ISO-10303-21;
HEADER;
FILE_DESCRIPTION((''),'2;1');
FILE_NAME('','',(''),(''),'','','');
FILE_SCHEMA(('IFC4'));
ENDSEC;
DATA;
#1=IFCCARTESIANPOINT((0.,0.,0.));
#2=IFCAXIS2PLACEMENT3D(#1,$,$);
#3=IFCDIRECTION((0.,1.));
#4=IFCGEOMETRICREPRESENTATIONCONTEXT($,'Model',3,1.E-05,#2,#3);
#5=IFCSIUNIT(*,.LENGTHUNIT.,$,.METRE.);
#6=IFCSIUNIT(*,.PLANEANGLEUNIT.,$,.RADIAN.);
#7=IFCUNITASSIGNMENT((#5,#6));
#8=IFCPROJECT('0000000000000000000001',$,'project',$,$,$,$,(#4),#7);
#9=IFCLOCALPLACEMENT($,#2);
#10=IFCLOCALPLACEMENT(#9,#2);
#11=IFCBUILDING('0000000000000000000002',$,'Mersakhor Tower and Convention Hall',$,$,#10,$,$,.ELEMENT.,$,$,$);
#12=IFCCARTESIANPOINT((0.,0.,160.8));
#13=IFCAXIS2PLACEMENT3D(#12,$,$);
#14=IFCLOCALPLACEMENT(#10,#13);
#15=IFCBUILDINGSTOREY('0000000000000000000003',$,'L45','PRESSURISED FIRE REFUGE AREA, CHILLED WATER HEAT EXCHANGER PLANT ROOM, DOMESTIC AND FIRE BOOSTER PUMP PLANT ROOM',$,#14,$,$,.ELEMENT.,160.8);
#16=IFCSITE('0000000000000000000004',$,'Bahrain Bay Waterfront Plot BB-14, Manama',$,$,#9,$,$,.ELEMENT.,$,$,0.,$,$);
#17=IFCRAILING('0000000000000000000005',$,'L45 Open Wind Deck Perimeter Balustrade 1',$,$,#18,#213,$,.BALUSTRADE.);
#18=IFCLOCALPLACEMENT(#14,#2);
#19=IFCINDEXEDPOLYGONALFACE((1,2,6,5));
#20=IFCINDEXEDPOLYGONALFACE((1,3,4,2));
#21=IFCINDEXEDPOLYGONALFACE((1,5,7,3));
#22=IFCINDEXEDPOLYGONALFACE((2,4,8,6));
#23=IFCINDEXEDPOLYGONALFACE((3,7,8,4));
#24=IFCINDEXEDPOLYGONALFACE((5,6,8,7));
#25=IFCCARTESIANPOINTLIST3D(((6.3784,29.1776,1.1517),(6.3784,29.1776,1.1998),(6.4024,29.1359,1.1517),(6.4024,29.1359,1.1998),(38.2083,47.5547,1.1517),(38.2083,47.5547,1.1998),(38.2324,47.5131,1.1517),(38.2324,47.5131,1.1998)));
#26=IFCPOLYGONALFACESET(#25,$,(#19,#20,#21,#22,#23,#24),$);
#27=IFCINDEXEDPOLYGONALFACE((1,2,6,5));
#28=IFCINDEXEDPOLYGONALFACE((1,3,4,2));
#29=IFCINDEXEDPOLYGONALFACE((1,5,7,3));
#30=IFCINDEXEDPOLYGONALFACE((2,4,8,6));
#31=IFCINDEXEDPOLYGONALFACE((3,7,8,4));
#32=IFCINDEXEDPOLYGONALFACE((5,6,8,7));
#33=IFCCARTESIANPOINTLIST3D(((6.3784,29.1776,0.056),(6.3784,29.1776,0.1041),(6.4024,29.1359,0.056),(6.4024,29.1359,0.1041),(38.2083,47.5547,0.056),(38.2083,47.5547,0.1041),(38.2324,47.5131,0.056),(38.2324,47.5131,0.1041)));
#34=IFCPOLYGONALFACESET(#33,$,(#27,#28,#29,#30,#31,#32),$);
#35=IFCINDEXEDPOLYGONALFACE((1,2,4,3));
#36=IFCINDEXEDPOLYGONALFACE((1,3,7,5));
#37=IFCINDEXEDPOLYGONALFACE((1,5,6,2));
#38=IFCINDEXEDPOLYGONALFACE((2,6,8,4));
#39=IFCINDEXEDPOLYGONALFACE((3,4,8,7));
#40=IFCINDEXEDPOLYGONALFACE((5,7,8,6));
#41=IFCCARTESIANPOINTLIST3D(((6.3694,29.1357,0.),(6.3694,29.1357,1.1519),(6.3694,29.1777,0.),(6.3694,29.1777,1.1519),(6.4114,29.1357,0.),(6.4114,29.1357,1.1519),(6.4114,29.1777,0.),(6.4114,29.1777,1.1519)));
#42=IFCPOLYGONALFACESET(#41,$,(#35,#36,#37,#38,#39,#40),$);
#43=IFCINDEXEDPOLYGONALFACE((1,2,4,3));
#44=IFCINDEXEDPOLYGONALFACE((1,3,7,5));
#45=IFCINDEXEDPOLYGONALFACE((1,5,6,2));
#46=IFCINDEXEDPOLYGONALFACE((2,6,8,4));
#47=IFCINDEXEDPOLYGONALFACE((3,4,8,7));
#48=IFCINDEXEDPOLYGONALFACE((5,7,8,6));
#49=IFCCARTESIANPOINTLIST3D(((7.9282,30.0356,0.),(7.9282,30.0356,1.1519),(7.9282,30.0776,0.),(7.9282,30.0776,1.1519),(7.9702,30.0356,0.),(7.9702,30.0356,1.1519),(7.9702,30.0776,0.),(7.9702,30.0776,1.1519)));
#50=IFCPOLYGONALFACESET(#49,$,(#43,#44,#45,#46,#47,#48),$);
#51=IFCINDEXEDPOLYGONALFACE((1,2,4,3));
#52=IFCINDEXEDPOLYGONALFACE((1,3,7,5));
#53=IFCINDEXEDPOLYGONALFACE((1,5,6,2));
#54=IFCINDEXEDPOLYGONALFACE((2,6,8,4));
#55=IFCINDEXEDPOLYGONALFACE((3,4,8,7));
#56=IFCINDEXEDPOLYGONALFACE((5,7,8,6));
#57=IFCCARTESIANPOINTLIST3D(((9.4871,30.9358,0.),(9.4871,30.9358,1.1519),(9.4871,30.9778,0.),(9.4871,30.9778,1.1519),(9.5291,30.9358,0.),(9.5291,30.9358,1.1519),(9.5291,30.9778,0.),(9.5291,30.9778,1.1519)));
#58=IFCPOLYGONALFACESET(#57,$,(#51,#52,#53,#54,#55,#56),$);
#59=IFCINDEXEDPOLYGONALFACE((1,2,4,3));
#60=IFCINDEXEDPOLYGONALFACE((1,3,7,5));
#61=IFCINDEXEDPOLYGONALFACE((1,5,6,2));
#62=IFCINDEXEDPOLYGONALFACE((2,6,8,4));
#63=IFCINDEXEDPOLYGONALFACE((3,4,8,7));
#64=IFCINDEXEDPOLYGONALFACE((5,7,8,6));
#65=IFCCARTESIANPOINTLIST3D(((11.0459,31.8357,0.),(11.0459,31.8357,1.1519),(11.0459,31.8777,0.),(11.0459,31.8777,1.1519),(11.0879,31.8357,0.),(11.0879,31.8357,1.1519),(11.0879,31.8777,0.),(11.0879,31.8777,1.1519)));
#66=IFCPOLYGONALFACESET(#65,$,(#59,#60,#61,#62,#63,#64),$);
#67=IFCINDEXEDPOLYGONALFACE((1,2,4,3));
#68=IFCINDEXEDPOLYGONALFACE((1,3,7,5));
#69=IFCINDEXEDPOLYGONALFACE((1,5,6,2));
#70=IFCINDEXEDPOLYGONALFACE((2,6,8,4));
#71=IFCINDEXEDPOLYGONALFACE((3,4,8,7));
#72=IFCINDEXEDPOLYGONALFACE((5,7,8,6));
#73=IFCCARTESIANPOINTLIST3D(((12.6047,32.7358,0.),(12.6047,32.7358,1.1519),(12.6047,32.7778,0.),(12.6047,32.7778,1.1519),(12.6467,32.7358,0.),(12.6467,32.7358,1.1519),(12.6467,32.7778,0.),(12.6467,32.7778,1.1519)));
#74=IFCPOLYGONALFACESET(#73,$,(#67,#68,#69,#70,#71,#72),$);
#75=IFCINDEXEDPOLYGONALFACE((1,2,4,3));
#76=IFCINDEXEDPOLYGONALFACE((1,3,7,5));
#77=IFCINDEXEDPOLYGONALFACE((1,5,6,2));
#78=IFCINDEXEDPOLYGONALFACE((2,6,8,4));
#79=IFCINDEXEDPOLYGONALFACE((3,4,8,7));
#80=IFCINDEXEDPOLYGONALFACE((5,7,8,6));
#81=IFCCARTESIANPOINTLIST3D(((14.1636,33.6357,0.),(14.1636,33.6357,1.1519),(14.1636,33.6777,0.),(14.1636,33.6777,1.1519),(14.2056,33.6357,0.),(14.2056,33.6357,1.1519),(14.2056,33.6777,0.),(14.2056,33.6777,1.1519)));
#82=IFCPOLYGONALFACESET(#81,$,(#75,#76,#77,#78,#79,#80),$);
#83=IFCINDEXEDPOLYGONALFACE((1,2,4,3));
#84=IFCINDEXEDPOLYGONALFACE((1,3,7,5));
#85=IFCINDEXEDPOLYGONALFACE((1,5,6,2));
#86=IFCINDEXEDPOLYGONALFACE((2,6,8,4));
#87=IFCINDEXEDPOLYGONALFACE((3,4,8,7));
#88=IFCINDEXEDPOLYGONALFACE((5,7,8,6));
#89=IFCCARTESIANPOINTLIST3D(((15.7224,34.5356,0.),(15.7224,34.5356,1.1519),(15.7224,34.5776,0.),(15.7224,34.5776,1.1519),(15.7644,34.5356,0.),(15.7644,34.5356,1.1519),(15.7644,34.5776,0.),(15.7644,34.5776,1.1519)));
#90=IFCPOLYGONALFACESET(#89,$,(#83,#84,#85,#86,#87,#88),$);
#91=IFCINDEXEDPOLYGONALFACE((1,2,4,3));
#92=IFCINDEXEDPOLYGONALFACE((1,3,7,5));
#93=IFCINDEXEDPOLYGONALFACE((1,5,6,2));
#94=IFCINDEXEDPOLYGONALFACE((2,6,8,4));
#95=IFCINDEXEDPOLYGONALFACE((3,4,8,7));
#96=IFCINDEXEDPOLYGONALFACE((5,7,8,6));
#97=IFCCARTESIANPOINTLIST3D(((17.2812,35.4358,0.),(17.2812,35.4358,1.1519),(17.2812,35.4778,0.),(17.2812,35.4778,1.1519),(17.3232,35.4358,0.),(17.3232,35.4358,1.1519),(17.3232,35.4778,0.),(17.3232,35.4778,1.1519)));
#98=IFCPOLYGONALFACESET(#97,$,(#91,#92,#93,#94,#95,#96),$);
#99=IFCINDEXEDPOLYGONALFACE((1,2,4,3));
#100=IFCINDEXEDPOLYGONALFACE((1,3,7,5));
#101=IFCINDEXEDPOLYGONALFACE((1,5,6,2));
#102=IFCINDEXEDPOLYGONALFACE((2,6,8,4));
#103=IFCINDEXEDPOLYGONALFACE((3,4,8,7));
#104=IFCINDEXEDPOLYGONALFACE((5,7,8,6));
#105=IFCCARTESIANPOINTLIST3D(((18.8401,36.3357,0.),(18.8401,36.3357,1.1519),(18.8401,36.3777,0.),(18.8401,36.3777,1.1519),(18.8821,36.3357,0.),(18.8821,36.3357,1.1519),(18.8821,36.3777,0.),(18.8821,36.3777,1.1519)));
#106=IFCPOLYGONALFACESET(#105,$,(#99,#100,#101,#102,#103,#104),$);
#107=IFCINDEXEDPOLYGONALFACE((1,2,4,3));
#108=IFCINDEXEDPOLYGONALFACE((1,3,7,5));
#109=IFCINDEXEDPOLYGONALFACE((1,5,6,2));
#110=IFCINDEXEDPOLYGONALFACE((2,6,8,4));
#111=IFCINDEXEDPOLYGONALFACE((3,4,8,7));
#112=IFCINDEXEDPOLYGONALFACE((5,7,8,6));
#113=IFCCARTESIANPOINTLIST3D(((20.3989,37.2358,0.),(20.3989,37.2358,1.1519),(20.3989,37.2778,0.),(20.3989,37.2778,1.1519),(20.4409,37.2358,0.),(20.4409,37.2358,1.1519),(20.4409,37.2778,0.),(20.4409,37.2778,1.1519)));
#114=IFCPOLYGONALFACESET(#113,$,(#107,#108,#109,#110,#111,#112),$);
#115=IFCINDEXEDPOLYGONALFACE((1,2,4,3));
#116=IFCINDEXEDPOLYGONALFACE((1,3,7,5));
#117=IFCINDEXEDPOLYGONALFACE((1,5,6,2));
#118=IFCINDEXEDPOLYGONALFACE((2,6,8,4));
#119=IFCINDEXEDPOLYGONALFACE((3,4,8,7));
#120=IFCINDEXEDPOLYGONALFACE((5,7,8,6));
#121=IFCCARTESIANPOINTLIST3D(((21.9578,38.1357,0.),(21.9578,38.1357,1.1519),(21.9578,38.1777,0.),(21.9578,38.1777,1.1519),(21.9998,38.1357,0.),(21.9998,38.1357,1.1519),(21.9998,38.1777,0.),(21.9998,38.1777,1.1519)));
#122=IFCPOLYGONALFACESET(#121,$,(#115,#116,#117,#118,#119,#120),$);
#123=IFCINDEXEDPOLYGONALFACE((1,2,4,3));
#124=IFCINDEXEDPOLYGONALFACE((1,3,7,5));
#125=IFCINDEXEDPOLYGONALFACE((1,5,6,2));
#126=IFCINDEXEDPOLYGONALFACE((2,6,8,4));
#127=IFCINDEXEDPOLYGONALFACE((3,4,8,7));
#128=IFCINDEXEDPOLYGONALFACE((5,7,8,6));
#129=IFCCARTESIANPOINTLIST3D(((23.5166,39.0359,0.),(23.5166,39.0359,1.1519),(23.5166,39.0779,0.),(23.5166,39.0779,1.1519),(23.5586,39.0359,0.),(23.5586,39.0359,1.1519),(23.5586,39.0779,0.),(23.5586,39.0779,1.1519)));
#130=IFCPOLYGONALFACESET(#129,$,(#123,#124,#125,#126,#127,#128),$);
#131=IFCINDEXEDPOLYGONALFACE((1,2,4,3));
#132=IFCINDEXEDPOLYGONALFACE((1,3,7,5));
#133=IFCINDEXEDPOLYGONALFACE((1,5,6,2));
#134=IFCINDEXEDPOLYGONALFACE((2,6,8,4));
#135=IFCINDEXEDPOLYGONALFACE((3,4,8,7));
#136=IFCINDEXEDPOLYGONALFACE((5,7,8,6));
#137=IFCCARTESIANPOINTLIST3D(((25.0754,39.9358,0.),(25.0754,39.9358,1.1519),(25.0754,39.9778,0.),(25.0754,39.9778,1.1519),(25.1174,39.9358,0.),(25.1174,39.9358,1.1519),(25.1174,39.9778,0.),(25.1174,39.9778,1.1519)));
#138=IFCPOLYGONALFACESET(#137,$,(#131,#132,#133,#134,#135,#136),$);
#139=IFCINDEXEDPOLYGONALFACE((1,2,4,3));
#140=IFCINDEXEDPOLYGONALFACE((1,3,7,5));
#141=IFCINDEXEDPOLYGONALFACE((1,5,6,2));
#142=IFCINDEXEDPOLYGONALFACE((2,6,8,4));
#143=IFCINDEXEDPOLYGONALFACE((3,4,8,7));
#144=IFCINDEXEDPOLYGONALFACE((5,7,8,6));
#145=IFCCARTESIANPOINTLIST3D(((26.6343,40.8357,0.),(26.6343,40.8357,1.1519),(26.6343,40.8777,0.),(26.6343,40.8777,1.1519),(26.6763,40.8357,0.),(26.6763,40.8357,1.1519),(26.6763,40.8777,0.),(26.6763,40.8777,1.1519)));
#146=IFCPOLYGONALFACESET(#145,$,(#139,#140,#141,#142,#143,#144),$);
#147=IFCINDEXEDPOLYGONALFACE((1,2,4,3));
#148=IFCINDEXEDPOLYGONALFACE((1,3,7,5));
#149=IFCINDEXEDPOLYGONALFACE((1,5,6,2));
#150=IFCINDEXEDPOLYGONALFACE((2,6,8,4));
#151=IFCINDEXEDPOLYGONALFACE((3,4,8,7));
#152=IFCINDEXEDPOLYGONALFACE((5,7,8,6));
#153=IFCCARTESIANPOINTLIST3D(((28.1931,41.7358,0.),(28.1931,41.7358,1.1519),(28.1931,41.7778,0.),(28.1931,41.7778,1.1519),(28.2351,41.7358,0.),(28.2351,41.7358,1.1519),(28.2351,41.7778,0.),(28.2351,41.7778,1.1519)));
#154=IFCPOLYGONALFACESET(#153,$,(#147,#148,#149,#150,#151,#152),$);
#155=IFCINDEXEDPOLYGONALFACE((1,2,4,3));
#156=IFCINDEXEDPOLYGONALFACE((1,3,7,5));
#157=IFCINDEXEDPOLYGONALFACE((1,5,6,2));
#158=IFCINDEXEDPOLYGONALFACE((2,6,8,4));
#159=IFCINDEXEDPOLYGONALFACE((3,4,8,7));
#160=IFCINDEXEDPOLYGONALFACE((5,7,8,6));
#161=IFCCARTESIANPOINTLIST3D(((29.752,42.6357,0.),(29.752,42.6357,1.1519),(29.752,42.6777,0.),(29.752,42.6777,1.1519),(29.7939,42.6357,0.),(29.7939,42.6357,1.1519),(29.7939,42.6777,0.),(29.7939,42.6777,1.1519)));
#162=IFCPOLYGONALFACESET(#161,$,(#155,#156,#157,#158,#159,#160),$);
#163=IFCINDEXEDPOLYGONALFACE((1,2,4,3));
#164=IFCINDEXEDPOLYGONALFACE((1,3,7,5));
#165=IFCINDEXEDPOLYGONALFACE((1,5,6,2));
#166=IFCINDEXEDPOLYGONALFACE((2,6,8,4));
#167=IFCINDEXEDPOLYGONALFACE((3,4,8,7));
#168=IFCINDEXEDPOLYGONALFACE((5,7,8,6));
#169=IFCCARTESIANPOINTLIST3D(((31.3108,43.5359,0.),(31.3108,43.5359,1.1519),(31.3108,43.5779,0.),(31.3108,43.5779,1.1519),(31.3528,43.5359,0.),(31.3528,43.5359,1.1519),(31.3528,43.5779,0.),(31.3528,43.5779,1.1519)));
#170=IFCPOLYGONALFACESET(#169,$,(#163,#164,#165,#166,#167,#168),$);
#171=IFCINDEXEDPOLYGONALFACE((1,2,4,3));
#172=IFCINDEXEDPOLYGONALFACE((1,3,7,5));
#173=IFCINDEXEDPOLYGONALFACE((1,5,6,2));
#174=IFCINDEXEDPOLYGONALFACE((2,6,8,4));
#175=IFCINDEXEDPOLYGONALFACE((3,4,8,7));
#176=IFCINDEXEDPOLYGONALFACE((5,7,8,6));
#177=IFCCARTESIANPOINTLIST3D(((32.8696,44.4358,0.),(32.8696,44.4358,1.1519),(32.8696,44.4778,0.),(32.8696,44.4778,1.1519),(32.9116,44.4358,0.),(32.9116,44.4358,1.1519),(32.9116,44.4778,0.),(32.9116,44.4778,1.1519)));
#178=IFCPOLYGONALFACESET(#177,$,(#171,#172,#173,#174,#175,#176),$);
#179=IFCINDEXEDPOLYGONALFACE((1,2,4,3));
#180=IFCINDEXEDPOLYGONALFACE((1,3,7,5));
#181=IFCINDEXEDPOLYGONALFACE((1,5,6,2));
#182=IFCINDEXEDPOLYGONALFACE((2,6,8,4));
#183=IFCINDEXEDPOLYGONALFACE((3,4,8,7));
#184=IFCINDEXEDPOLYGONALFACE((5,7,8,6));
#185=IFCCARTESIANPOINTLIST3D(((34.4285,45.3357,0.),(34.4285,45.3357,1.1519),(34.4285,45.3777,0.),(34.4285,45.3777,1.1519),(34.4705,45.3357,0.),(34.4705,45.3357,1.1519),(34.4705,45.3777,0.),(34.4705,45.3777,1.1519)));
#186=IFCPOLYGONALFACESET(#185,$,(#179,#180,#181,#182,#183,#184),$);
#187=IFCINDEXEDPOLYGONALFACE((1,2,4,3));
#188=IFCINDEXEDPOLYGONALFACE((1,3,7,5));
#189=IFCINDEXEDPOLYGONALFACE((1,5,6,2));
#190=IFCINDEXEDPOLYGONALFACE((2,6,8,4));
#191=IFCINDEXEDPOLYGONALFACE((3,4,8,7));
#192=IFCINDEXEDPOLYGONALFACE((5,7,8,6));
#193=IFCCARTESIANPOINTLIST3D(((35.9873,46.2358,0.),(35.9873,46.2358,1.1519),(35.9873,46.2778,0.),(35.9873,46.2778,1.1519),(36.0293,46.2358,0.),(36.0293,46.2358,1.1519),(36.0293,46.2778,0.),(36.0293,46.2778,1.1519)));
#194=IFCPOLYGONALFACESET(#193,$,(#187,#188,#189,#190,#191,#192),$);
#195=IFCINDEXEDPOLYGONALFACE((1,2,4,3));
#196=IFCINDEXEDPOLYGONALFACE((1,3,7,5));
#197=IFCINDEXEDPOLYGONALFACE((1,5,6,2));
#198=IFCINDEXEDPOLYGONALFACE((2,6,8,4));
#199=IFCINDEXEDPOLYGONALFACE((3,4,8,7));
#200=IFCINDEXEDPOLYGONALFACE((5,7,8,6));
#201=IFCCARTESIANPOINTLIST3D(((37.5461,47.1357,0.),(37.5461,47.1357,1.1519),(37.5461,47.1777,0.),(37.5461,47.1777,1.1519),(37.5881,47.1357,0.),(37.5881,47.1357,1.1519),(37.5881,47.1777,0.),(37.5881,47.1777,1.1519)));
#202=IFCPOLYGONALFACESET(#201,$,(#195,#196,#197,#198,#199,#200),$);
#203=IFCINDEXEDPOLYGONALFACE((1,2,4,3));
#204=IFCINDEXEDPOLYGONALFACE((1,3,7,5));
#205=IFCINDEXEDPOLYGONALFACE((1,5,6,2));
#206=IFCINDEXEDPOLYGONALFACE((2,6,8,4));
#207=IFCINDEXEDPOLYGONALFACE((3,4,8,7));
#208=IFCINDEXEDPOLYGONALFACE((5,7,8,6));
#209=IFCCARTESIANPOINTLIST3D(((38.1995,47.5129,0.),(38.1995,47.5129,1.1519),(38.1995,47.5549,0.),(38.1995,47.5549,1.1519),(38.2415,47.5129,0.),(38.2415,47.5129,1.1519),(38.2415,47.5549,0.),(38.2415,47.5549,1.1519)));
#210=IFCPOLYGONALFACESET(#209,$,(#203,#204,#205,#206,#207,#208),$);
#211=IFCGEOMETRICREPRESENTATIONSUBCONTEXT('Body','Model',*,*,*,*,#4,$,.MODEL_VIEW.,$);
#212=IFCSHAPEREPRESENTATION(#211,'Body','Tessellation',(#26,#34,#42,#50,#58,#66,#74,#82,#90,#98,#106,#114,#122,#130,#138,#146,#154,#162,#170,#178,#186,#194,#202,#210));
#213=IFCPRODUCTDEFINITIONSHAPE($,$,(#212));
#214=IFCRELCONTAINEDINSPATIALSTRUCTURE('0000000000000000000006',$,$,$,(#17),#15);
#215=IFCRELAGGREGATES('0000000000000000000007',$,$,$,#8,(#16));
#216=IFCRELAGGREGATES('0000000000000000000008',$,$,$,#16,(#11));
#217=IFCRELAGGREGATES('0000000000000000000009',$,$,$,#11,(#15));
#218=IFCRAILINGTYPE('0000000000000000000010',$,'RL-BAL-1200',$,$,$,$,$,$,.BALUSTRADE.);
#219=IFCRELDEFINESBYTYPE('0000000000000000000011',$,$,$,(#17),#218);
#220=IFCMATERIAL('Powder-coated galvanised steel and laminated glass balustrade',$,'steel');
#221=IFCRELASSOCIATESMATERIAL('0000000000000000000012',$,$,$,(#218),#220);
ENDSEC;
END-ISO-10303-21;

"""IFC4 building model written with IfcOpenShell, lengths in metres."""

from ifc_helpers import new_model, si_unit, direction, frame, origin, origin_2d, place, context, subcontext, project, spatial, rectangle, extrude, material, type_object, element, save


model = new_model("IFC4")

# Units and contexts
model_context = context("Model", 3, precision=1e-05, world=origin(), true_north=direction((0.0, 1.0)))
body_context = subcontext(model_context, "Body", "Model", "MODEL_VIEW")
ifc_project = project(units=[si_unit("LENGTHUNIT", "METRE"), si_unit("PLANEANGLEUNIT", "RADIAN")], contexts=[model_context])

# Site, building, storey
site_placement = place(None, origin())
site = spatial("IfcSite", under=ifc_project, at=site_placement, Name="Bahrain Bay Waterfront Plot BB-14, Manama", CompositionType="ELEMENT", RefElevation=0.0)
building_placement = place(site_placement, origin())
building = spatial("IfcBuilding", under=site, at=building_placement, Name="Mersakhor Tower and Convention Hall", CompositionType="ELEMENT")
storey_placement = place(building_placement, frame((0.0, 0.0, 160.8)))
storey = spatial("IfcBuildingStorey", under=building, at=storey_placement, Name="L45", Description="PRESSURISED FIRE REFUGE AREA, CHILLED WATER HEAT EXCHANGER PLANT ROOM, DOMESTIC AND FIRE BOOSTER PUMP PLANT ROOM", CompositionType="ELEMENT", Elevation=160.8)

# Railing
ifc_material_1 = material(Name="Powder-coated galvanised steel and laminated glass balustrade", Category="steel")
railing_type_1 = type_object("IfcRailingType", Name="RL-BAL-1200", PredefinedType="BALUSTRADE", material=ifc_material_1)
railing_1_placement = place(storey_placement, frame((6.3904, 29.1567, 0.0)))
element("IfcRailing", 1, at=railing_1_placement, inside=storey, type_object=railing_type_1, Name="L45 Open Wind Deck Perimeter Balustrade 1", PredefinedType="BALUSTRADE", context=body_context, shape_type="SweptSolid", body=[
    extrude(rectangle(XDim=0.0481, YDim=0.0481, at=origin_2d()), frame((0.0, 0.0, 1.1758), z_axis=(0.866024, 0.500002, 0.0), x_axis=(-0.500002, 0.866024, 0.0)), (0.0, 0.0, 1.0), 36.7542),
    extrude(rectangle(XDim=0.0481, YDim=0.0481, at=origin_2d()), frame((0.0, 0.0, 0.0801), z_axis=(0.866024, 0.500002, 0.0), x_axis=(-0.500002, 0.866024, 0.0)), (0.0, 0.0, 1.0), 36.7542),
    extrude(rectangle(XDim=0.042, YDim=0.042, at=origin_2d()), origin(), (0.0, 0.0, 1.0), 1.1519),
    extrude(rectangle(XDim=0.042, YDim=0.042, at=origin_2d()), frame((1.5588, 0.8999, 0.0)), (0.0, 0.0, 1.0), 1.1519),
    extrude(rectangle(XDim=0.042, YDim=0.042, at=origin_2d()), frame((3.1177, 1.8, 0.0)), (0.0, 0.0, 1.0), 1.1519),
    extrude(rectangle(XDim=0.042, YDim=0.042, at=origin_2d()), frame((4.6765, 2.7, 0.0)), (0.0, 0.0, 1.0), 1.1519),
    extrude(rectangle(XDim=0.042, YDim=0.042, at=origin_2d()), frame((6.2354, 3.6001, 0.0)), (0.0, 0.0, 1.0), 1.1519),
    extrude(rectangle(XDim=0.042, YDim=0.042, at=origin_2d()), frame((7.7942, 4.5, 0.0)), (0.0, 0.0, 1.0), 1.1519),
    extrude(rectangle(XDim=0.042, YDim=0.042, at=origin_2d()), frame((9.353, 5.3999, 0.0)), (0.0, 0.0, 1.0), 1.1519),
    extrude(rectangle(XDim=0.042, YDim=0.042, at=origin_2d()), frame((10.9119, 6.3, 0.0)), (0.0, 0.0, 1.0), 1.1519),
    extrude(rectangle(XDim=0.042, YDim=0.042, at=origin_2d()), frame((12.4707, 7.2, 0.0)), (0.0, 0.0, 1.0), 1.1519),
    extrude(rectangle(XDim=0.042, YDim=0.042, at=origin_2d()), frame((14.0295, 8.1001, 0.0)), (0.0, 0.0, 1.0), 1.1519),
    extrude(rectangle(XDim=0.042, YDim=0.042, at=origin_2d()), frame((15.5884, 9.0, 0.0)), (0.0, 0.0, 1.0), 1.1519),
    extrude(rectangle(XDim=0.042, YDim=0.042, at=origin_2d()), frame((17.1472, 9.9001, 0.0)), (0.0, 0.0, 1.0), 1.1519),
    extrude(rectangle(XDim=0.042, YDim=0.042, at=origin_2d()), frame((18.7061, 10.8, 0.0)), (0.0, 0.0, 1.0), 1.1519),
    extrude(rectangle(XDim=0.042, YDim=0.042, at=origin_2d()), frame((20.2649, 11.7, 0.0)), (0.0, 0.0, 1.0), 1.1519),
    extrude(rectangle(XDim=0.042, YDim=0.042, at=origin_2d()), frame((21.8237, 12.6001, 0.0)), (0.0, 0.0, 1.0), 1.1519),
    extrude(rectangle(XDim=0.042, YDim=0.042, at=origin_2d()), frame((23.3826, 13.5, 0.0)), (0.0, 0.0, 1.0), 1.1519),
    extrude(rectangle(XDim=0.042, YDim=0.042, at=origin_2d()), frame((24.9414, 14.4001, 0.0)), (0.0, 0.0, 1.0), 1.1519),
    extrude(rectangle(XDim=0.042, YDim=0.042, at=origin_2d()), frame((26.5002, 15.3, 0.0)), (0.0, 0.0, 1.0), 1.1519),
    extrude(rectangle(XDim=0.042, YDim=0.042, at=origin_2d()), frame((28.0591, 16.2, 0.0)), (0.0, 0.0, 1.0), 1.1519),
    extrude(rectangle(XDim=0.042, YDim=0.042, at=origin_2d()), frame((29.6179, 17.1001, 0.0)), (0.0, 0.0, 1.0), 1.1519),
    extrude(rectangle(XDim=0.042, YDim=0.042, at=origin_2d()), frame((31.1768, 18.0, 0.0)), (0.0, 0.0, 1.0), 1.1519),
    extrude(rectangle(XDim=0.042, YDim=0.042, at=origin_2d()), frame((31.8301, 18.3772, 0.0)), (0.0, 0.0, 1.0), 1.1519),
])

save(model, "model.ifc")
